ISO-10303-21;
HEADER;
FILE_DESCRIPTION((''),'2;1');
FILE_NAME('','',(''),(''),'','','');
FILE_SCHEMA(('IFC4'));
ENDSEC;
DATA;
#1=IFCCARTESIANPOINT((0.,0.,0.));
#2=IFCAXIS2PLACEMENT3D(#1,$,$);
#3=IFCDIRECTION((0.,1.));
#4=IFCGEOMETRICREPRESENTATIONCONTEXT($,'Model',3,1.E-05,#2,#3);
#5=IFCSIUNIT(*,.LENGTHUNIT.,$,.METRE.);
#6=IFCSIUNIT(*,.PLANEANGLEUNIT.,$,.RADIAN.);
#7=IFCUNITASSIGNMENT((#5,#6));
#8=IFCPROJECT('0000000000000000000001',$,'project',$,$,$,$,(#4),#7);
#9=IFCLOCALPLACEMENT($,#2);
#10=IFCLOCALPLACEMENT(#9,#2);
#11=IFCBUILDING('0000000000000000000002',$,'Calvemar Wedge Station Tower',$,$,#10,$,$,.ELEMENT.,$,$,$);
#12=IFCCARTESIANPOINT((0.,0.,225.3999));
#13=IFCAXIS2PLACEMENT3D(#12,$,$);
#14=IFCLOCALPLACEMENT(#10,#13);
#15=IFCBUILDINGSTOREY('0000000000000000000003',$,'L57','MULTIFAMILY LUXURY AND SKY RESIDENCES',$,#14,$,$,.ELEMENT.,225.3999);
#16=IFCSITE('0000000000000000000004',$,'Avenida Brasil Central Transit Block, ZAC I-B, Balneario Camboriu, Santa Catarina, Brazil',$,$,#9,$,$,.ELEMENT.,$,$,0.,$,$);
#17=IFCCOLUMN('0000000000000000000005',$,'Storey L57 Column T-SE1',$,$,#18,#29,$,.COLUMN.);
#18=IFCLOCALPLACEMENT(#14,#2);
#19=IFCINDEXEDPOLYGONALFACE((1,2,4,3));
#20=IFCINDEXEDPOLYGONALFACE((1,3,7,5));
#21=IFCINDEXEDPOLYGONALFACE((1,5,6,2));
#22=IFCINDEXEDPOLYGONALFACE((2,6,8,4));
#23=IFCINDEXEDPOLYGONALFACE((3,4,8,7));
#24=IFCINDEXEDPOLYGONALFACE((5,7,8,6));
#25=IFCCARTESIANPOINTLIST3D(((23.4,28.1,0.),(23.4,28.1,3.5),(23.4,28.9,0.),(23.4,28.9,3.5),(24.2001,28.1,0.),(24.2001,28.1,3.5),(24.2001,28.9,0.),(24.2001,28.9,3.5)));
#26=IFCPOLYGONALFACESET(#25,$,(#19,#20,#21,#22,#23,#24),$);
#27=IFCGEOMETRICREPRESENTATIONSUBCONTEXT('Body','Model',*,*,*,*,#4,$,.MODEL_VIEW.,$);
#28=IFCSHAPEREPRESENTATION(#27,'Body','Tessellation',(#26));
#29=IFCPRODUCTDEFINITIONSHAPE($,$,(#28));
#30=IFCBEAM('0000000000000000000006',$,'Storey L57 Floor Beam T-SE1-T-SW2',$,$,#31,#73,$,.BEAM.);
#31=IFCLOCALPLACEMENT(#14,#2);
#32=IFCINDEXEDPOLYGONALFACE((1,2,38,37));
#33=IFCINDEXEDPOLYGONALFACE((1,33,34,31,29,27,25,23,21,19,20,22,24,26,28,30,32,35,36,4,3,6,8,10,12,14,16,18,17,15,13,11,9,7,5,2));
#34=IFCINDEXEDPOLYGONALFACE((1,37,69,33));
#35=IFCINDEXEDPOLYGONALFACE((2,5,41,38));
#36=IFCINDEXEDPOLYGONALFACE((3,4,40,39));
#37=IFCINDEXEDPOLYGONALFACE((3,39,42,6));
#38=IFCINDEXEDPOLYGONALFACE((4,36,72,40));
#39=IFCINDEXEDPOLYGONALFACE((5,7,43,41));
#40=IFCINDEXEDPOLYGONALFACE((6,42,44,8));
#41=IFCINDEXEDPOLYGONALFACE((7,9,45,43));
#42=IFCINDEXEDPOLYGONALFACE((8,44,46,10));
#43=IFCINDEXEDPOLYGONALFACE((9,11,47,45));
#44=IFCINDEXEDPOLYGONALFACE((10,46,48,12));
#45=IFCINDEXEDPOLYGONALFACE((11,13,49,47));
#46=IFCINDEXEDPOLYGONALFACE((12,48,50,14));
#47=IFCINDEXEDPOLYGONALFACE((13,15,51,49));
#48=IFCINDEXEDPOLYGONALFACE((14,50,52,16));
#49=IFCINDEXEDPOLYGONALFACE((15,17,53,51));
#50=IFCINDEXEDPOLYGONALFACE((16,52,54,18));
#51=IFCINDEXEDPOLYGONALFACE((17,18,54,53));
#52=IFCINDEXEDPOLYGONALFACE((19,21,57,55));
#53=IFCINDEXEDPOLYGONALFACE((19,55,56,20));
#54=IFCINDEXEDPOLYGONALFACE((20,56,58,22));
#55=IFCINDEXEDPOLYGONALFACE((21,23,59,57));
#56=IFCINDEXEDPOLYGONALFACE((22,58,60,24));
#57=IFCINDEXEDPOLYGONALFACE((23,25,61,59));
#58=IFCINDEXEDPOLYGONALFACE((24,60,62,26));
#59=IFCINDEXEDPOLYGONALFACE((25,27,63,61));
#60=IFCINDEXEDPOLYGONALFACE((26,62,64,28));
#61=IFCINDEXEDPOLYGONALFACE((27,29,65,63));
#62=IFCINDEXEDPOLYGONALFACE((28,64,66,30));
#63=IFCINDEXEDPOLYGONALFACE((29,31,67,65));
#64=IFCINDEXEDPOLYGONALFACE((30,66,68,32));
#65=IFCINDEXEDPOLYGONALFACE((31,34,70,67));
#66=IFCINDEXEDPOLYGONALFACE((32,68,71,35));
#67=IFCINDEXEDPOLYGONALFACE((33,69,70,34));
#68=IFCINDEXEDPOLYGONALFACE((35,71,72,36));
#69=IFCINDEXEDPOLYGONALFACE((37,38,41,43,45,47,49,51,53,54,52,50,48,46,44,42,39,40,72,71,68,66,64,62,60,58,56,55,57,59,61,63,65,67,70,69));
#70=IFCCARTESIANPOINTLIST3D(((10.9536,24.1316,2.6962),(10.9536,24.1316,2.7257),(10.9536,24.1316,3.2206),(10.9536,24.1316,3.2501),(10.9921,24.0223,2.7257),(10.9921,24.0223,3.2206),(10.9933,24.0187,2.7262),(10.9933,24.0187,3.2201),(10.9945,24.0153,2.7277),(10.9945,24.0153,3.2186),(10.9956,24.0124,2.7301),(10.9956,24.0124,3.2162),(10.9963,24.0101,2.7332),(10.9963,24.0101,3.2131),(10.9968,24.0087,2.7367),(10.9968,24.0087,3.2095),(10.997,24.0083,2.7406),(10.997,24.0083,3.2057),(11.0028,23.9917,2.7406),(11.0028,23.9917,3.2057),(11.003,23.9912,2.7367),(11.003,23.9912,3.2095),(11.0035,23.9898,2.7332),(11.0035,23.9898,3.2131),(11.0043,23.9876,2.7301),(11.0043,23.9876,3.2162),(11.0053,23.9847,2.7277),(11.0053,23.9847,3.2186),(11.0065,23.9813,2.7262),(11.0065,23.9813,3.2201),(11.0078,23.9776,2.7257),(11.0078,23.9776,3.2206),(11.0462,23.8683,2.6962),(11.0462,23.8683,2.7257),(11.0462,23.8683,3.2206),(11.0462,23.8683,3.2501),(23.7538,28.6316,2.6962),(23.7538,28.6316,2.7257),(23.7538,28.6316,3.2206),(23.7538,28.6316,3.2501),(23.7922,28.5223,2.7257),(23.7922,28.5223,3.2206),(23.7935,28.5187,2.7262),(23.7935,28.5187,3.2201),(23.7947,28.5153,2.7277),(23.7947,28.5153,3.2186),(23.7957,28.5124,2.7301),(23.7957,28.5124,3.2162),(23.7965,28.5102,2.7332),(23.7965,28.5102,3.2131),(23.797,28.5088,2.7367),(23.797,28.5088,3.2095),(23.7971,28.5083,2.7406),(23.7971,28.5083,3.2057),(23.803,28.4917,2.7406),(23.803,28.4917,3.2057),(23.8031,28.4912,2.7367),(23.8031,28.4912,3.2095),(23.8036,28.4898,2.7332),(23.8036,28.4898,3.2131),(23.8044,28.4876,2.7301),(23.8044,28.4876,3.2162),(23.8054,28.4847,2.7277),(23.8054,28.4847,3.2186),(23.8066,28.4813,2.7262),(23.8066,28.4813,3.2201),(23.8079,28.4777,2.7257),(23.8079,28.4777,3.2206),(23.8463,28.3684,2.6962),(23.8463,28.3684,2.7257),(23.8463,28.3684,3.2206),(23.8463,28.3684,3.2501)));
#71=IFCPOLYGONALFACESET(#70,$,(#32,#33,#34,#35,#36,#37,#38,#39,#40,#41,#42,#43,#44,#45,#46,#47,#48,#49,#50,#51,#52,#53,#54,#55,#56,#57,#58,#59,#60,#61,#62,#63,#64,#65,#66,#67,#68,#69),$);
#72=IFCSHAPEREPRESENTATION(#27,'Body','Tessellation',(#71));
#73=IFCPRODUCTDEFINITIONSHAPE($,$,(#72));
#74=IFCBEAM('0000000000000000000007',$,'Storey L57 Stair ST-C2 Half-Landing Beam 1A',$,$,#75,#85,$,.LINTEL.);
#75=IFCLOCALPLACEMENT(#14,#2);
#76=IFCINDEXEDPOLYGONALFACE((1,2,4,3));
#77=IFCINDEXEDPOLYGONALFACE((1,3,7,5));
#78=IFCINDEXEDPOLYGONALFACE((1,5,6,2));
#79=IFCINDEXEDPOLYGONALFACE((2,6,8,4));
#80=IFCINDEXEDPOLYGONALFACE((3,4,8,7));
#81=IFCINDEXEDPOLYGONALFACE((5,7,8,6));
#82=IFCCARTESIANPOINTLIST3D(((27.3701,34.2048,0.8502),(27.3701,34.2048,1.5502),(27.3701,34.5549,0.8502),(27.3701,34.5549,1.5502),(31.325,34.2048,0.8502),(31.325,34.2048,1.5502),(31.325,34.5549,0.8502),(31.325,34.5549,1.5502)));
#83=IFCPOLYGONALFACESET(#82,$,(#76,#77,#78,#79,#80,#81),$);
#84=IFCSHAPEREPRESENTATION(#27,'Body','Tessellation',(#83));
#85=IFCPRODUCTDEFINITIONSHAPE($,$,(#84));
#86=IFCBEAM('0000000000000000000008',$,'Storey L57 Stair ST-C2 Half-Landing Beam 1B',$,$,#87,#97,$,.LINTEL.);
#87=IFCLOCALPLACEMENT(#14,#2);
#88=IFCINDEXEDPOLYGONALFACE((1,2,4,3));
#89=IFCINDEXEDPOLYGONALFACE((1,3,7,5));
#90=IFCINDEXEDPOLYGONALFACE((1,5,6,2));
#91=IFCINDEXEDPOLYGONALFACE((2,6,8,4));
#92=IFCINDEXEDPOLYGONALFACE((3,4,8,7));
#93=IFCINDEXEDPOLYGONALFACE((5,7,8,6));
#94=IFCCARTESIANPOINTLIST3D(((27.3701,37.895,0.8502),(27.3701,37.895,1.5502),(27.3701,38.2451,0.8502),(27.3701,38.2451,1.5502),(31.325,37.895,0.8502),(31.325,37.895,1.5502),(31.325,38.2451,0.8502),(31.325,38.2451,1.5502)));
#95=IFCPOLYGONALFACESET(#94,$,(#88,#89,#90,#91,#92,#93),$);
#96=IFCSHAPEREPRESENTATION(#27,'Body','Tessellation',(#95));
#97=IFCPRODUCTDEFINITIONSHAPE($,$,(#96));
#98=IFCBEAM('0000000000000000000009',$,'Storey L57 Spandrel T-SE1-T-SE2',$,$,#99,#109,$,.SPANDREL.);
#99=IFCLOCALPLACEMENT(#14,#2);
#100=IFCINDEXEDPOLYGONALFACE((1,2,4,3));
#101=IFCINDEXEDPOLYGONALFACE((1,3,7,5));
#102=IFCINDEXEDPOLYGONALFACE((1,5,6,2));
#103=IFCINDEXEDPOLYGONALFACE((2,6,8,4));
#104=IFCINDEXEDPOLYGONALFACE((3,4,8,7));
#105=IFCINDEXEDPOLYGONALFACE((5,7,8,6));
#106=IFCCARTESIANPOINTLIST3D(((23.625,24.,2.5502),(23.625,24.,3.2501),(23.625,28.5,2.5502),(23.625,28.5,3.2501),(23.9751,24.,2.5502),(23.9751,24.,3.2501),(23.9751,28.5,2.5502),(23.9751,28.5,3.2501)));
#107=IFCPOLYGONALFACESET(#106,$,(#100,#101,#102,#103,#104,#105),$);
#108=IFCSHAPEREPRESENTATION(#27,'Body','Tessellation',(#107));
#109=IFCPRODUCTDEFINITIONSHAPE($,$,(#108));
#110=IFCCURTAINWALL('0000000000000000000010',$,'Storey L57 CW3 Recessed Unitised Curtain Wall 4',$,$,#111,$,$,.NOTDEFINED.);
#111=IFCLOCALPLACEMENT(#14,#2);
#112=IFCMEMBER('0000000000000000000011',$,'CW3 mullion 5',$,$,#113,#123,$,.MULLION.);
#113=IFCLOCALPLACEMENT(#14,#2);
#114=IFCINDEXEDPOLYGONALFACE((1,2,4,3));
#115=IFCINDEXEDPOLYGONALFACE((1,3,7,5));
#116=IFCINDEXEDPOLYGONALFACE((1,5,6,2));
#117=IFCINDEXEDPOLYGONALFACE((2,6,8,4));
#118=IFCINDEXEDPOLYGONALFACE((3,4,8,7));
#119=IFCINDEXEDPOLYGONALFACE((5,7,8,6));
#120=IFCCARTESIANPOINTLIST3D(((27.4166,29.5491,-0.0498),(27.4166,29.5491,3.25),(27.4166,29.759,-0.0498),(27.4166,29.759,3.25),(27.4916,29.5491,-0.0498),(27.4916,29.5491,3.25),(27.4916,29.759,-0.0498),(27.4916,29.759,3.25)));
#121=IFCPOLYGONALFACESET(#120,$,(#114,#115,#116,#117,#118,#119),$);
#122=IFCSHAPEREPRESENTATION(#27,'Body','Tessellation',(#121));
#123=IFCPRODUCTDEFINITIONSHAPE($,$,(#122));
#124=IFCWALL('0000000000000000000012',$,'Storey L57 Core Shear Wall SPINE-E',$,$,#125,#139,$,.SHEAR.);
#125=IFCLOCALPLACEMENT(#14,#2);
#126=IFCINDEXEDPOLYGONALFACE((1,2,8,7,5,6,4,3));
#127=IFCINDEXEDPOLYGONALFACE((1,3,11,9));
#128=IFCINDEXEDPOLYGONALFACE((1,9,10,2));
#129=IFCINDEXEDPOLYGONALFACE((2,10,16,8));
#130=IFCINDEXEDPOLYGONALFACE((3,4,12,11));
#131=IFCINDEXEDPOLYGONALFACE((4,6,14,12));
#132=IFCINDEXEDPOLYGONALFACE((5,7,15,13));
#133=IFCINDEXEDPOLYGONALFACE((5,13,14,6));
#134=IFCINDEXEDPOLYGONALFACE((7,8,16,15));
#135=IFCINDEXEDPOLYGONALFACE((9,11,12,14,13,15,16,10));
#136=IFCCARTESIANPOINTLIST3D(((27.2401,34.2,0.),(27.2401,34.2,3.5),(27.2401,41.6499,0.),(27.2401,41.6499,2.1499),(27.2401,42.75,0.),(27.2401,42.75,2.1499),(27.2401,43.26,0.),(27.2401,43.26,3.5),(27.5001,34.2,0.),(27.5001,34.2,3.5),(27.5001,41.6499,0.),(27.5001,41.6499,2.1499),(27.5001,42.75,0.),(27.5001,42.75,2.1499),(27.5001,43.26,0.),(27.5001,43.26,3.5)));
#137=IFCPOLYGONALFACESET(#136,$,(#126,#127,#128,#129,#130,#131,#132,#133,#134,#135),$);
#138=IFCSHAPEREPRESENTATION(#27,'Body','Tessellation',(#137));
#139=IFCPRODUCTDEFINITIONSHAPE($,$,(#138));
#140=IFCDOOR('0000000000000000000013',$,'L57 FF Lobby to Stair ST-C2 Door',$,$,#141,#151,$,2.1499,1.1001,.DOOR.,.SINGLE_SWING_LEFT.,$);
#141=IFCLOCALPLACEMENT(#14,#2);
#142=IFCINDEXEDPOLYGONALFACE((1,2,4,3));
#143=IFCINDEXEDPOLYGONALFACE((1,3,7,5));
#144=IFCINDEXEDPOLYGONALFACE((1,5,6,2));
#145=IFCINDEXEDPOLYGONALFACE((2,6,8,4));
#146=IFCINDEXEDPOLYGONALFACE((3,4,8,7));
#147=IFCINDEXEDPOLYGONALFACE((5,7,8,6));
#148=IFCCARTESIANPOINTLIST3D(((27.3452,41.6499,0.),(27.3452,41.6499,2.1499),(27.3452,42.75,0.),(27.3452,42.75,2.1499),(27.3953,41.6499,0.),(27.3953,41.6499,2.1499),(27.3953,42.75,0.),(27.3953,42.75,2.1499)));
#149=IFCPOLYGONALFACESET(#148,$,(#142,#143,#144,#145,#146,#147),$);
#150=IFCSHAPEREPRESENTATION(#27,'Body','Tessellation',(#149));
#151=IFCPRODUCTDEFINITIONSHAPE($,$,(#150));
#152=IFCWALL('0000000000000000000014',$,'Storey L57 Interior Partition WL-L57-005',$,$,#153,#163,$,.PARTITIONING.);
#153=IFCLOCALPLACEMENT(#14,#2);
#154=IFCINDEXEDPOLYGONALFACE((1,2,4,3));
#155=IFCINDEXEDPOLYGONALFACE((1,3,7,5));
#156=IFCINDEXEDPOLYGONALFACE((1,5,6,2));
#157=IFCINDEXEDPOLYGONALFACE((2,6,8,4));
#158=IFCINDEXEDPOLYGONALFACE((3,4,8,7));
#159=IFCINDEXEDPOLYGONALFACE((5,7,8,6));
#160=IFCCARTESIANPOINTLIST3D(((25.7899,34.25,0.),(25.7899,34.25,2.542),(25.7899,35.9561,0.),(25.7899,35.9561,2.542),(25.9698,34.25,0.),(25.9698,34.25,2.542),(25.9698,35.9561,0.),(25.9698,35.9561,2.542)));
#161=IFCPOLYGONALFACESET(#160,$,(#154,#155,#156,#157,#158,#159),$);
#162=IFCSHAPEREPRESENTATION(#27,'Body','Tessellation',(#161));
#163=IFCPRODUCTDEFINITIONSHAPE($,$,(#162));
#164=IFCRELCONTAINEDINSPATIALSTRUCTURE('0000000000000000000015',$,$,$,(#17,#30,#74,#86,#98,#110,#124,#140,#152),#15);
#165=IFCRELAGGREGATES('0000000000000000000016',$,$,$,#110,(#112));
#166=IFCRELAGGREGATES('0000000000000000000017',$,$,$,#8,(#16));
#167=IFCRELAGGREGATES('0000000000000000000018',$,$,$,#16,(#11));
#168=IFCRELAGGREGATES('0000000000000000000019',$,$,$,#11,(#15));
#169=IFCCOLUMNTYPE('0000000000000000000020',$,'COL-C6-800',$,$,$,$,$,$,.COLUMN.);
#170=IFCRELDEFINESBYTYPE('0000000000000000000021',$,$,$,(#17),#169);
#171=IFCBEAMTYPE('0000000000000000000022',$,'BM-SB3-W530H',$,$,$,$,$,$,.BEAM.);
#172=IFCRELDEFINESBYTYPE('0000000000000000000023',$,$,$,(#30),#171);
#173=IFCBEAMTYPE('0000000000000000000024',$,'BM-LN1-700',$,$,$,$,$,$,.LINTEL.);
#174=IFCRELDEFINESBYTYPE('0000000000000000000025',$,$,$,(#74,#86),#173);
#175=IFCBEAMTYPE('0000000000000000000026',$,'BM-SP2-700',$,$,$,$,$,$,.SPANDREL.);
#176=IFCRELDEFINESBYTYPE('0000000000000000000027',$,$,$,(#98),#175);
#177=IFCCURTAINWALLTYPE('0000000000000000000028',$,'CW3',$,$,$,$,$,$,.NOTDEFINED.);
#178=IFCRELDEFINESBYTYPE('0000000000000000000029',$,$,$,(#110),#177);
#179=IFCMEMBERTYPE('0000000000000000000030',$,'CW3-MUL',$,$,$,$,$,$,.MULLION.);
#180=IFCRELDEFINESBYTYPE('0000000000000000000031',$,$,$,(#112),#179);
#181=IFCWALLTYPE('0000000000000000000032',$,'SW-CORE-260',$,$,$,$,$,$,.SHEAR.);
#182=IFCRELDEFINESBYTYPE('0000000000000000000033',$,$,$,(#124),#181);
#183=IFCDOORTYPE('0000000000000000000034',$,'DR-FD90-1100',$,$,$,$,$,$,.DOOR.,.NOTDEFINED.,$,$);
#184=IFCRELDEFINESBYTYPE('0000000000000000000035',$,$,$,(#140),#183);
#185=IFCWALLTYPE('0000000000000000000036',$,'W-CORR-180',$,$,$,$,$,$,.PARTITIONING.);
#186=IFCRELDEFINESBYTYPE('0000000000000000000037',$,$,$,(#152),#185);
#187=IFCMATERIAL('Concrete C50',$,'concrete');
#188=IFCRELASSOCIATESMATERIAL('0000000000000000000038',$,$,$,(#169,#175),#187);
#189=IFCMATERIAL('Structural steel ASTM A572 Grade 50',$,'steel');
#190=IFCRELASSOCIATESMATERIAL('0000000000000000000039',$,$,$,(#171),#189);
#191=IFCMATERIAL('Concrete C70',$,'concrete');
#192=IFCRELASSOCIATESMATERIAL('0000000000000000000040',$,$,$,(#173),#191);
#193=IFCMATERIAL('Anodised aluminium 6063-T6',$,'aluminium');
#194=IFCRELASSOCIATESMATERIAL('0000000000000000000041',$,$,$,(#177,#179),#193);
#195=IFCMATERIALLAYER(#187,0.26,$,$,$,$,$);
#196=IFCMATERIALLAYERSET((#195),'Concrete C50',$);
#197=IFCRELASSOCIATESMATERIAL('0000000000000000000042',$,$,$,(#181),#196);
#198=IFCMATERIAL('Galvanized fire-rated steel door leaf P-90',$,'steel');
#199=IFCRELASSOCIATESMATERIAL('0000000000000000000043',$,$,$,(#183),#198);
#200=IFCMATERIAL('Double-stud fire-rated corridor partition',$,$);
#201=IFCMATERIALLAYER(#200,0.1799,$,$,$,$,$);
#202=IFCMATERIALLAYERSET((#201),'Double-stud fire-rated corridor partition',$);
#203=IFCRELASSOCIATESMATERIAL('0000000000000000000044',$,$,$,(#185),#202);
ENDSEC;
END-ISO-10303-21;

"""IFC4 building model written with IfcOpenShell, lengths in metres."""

from ifc_helpers import new_model, si_unit, direction, frame, frame_2d, origin, origin_2d, place, context, subcontext, project, spatial, rectangle, i_section, extrude, source, transform, mapped, material, layer, layer_set, material_profile, profile_set, type_object, element, fill, aggregate, save


model = new_model("IFC4")

# Units and contexts
model_context = context("Model", 3, precision=1e-05, world=origin(), true_north=direction((0.0, 1.0)))
body_context = subcontext(model_context, "Body", "Model", "MODEL_VIEW")
ifc_project = project(units=[si_unit("LENGTHUNIT", "METRE"), si_unit("PLANEANGLEUNIT", "RADIAN")], contexts=[model_context])

# Site, building, storey
site_placement = place(None, origin())
site = spatial("IfcSite", under=ifc_project, at=site_placement, Name="Avenida Brasil Central Transit Block, ZAC I-B, Balneario Camboriu, Santa Catarina, Brazil", CompositionType="ELEMENT", RefElevation=0.0)
building_placement = place(site_placement, origin())
building = spatial("IfcBuilding", under=site, at=building_placement, Name="Calvemar Wedge Station Tower", CompositionType="ELEMENT")
storey_placement = place(building_placement, frame((0.0, 0.0, 225.3999)))
storey = spatial("IfcBuildingStorey", under=building, at=storey_placement, Name="L57", Description="MULTIFAMILY LUXURY AND SKY RESIDENCES", CompositionType="ELEMENT", Elevation=225.3999)

# Column
ifc_material_1 = material(Name="Concrete C50", Category="concrete")
ifc_material_profile_1 = material_profile(ifc_material_1, rectangle(XDim=0.8, YDim=0.8, at=origin_2d()), Name="RC800x800")
ifc_profile_set_1 = profile_set([ifc_material_profile_1], Name="Concrete C50")
column_type = type_object("IfcColumnType", Name="COL-C6-800", PredefinedType="COLUMN", material=ifc_profile_set_1)
shared_shape_1 = source(origin(), body_context, "Body", "SweptSolid", [
    extrude(rectangle(XDim=0.8, YDim=0.8, at=origin_2d()), origin(), (0.0, 0.0, 1.0), 3.5),
])
column_placement = place(storey_placement, frame((23.8, 28.5, 0.0), z_axis=(0.0, 0.0, 1.0), x_axis=(1.0, 0.0, 0.0)))
element("IfcColumn", 1, at=column_placement, inside=storey, type_object=column_type, Name="Storey L57 Column T-SE1", PredefinedType="COLUMN", context=body_context, shape_type="MappedRepresentation", body=[
    mapped(shared_shape_1, transform((0.0, 0.0, 0.0), scale=1.0)),
])

# Beams
ifc_material_2 = material(Name="Structural steel ASTM A572 Grade 50", Category="steel")
ifc_material_profile_2 = material_profile(ifc_material_2, i_section(OverallWidth=0.2791, OverallDepth=0.554, WebThickness=0.0176, FlangeThickness=0.0295, FilletRadius=0.0149, at=origin_2d()), Name="W530x196")
ifc_profile_set_2 = profile_set([ifc_material_profile_2], Name="Structural steel ASTM A572 Grade 50")
beam_type_1 = type_object("IfcBeamType", Name="BM-SB3-W530H", PredefinedType="BEAM", material=ifc_profile_set_2)
shared_shape_2 = source(origin(), body_context, "Body", "SweptSolid", [
    extrude(i_section(OverallWidth=0.2791, OverallDepth=0.554, WebThickness=0.0176, FlangeThickness=0.0295, FilletRadius=0.0149, at=origin_2d()), origin(), (0.0, 0.0, 1.0), 13.5681),
])
beam_1_placement = place(storey_placement, frame((23.8, 28.5, 2.9731), z_axis=(-0.943398, -0.331662, 0.0), x_axis=(0.331662, -0.943398, 0.0)))
element("IfcBeam", 2, at=beam_1_placement, inside=storey, type_object=beam_type_1, Name="Storey L57 Floor Beam T-SE1-T-SW2", PredefinedType="BEAM", context=body_context, shape_type="MappedRepresentation", body=[
    mapped(shared_shape_2, transform((0.0, 0.0, 0.0), scale=1.0)),
])
ifc_material_3 = material(Name="Concrete C70", Category="concrete")
ifc_material_profile_3 = material_profile(ifc_material_3, rectangle(XDim=0.3501, YDim=0.7, at=origin_2d()), Name="RC350x700")
ifc_profile_set_3 = profile_set([ifc_material_profile_3], Name="Concrete C70")
beam_type_2 = type_object("IfcBeamType", Name="BM-LN1-700", PredefinedType="LINTEL", material=ifc_profile_set_3)
shared_shape_3 = source(origin(), body_context, "Body", "SweptSolid", [
    extrude(rectangle(XDim=0.3501, YDim=0.7, at=origin_2d()), origin(), (0.0, 0.0, 1.0), 3.9548),
])
for number, where, z_axis, x_axis, name in (
    (3, (27.3701, 34.3799, 1.2002), (1.0, 0.0, 0.0), (0.0, 1.0, 0.0), "Storey L57 Stair ST-C2 Half-Landing Beam 1A"),
    (4, (27.3701, 38.0701, 1.2002), (1.0, 0.0, 0.0), (0.0, 1.0, 0.0), "Storey L57 Stair ST-C2 Half-Landing Beam 1B"),
):
    element("IfcBeam", number, at=place(storey_placement, frame(where, z_axis=z_axis, x_axis=x_axis)), inside=storey, type_object=beam_type_2, Name=name, PredefinedType="LINTEL", context=body_context, shape_type="MappedRepresentation", body=[
        mapped(shared_shape_3, transform((0.0, 0.0, 0.0), scale=1.0)),
    ])
ifc_material_profile_4 = material_profile(ifc_material_1, rectangle(XDim=0.3501, YDim=0.7, at=origin_2d()), Name="RC350x700")
ifc_profile_set_4 = profile_set([ifc_material_profile_4], Name="Concrete C50")
beam_type_3 = type_object("IfcBeamType", Name="BM-SP2-700", PredefinedType="SPANDREL", material=ifc_profile_set_4)
shared_shape_4 = source(origin(), body_context, "Body", "SweptSolid", [
    extrude(rectangle(XDim=0.3501, YDim=0.7, at=origin_2d()), origin(), (0.0, 0.0, 1.0), 4.5),
])
beam_2_placement = place(storey_placement, frame((23.8, 28.5, 2.9001), z_axis=(0.0, -1.0, 0.0), x_axis=(1.0, 0.0, 0.0)))
element("IfcBeam", 5, at=beam_2_placement, inside=storey, type_object=beam_type_3, Name="Storey L57 Spandrel T-SE1-T-SE2", PredefinedType="SPANDREL", context=body_context, shape_type="MappedRepresentation", body=[
    mapped(shared_shape_4, transform((0.0, 0.0, 0.0), scale=1.0)),
])

# Curtain wall, member
ifc_material_4 = material(Name="Anodised aluminium 6063-T6", Category="aluminium")
curtain_wall_type = type_object("IfcCurtainWallType", Name="CW3", PredefinedType="NOTDEFINED", material=ifc_material_4)
curtain_wall_placement = place(storey_placement, origin())
curtain_wall = element("IfcCurtainWall", 6, at=curtain_wall_placement, inside=storey, type_object=curtain_wall_type, Name="Storey L57 CW3 Recessed Unitised Curtain Wall 4", PredefinedType="NOTDEFINED")
ifc_material_profile_5 = material_profile(ifc_material_4, rectangle(XDim=0.075, YDim=0.21, at=origin_2d()), Name="AL-MUL-75x210")
ifc_profile_set_5 = profile_set([ifc_material_profile_5], Name="Anodised aluminium 6063-T6")
member_type = type_object("IfcMemberType", Name="CW3-MUL", PredefinedType="MULLION", material=ifc_profile_set_5)
shared_shape_5 = source(origin(), body_context, "Body", "SweptSolid", [
    extrude(rectangle(XDim=0.075, YDim=0.21, at=origin_2d()), origin(), (0.0, 0.0, 1.0), 3.2998),
])
member_placement = place(storey_placement, frame((27.4541, 29.6541, -0.0498), z_axis=(0.0, 0.0, 1.0), x_axis=(1.0, 0.0, 0.0)))
member = element("IfcMember", 7, at=member_placement, type_object=member_type, Name="CW3 mullion 5", PredefinedType="MULLION", context=body_context, shape_type="MappedRepresentation", body=[
    mapped(shared_shape_5, transform((0.0, 0.0, 0.0), scale=1.0)),
])
aggregate(curtain_wall, [member])

# Wall, opening, door
ifc_layer_1 = layer(ifc_material_1, 0.26)
ifc_layer_set_1 = layer_set([ifc_layer_1], Name="Concrete C50")
wall_type_1 = type_object("IfcWallType", Name="SW-CORE-260", PredefinedType="SHEAR", material=ifc_layer_set_1)
wall_1_placement = place(storey_placement, frame((27.3701, 34.2, 0.0), z_axis=(0.0, 0.0, 1.0), x_axis=(0.0, 1.0, 0.0)))
wall_1 = element("IfcWall", 8, at=wall_1_placement, inside=storey, type_object=wall_type_1, Name="Storey L57 Core Shear Wall SPINE-E", PredefinedType="SHEAR", context=body_context, shape_type="SweptSolid", body=[
    extrude(rectangle(XDim=9.0601, YDim=0.26, at=frame_2d((4.53, 0.0))), origin(), (0.0, 0.0, 1.0), 3.5),
])
shared_shape_6 = source(origin(), body_context, "Body", "SweptSolid", [
    extrude(rectangle(XDim=1.1001, YDim=2.1499, at=frame_2d((0.55, 1.075))), frame((0.0, 0.1401, 0.0), z_axis=(0.0, -1.0, 0.0), x_axis=(1.0, 0.0, 0.0)), (0.0, 0.0, 1.0), 0.28),
])
opening_placement = place(wall_1_placement, frame((7.45, 0.0, 0.0)))
opening = element("IfcOpeningElement", 9, at=opening_placement, cuts=wall_1, PredefinedType="OPENING", context=body_context, shape_type="MappedRepresentation", body=[
    mapped(shared_shape_6, transform((0.0, 0.0, 0.0), scale=1.0)),
])
ifc_material_5 = material(Name="Galvanized fire-rated steel door leaf P-90", Category="steel")
door_type = type_object("IfcDoorType", Name="DR-FD90-1100", OperationType="NOTDEFINED", PredefinedType="DOOR", material=ifc_material_5)
shared_shape_7 = source(origin(), body_context, "Body", "SweptSolid", [
    extrude(rectangle(XDim=1.1001, YDim=2.1499, at=frame_2d((0.55, 1.075))), frame((0.0, 0.0249, 0.0), z_axis=(0.0, -1.0, 0.0), x_axis=(1.0, 0.0, 0.0)), (0.0, 0.0, 1.0), 0.05),
])
door_placement = place(opening_placement, origin())
door = element("IfcDoor", 10, at=door_placement, inside=storey, type_object=door_type, Name="L57 FF Lobby to Stair ST-C2 Door", OperationType="SINGLE_SWING_LEFT", OverallHeight=2.1499, OverallWidth=1.1001, PredefinedType="DOOR", context=body_context, shape_type="MappedRepresentation", body=[
    mapped(shared_shape_7, transform((0.0, 0.0, 0.0), scale=1.0)),
])
fill(opening, door)

# Wall
ifc_material_6 = material(Name="Double-stud fire-rated corridor partition")
ifc_layer_2 = layer(ifc_material_6, 0.1799)
ifc_layer_set_2 = layer_set([ifc_layer_2], Name="Double-stud fire-rated corridor partition")
wall_type_2 = type_object("IfcWallType", Name="W-CORR-180", PredefinedType="PARTITIONING", material=ifc_layer_set_2)
wall_2_placement = place(storey_placement, frame((25.8799, 35.9561, 0.0), z_axis=(0.0, 0.0, 1.0), x_axis=(0.0, -1.0, 0.0)))
element("IfcWall", 11, at=wall_2_placement, inside=storey, type_object=wall_type_2, Name="Storey L57 Interior Partition WL-L57-005", PredefinedType="PARTITIONING", context=body_context, shape_type="SweptSolid", body=[
    extrude(rectangle(XDim=1.7061, YDim=0.1799, at=frame_2d((0.853, 0.0))), origin(), (0.0, 0.0, 1.0), 2.542),
])

save(model, "model.ifc")
